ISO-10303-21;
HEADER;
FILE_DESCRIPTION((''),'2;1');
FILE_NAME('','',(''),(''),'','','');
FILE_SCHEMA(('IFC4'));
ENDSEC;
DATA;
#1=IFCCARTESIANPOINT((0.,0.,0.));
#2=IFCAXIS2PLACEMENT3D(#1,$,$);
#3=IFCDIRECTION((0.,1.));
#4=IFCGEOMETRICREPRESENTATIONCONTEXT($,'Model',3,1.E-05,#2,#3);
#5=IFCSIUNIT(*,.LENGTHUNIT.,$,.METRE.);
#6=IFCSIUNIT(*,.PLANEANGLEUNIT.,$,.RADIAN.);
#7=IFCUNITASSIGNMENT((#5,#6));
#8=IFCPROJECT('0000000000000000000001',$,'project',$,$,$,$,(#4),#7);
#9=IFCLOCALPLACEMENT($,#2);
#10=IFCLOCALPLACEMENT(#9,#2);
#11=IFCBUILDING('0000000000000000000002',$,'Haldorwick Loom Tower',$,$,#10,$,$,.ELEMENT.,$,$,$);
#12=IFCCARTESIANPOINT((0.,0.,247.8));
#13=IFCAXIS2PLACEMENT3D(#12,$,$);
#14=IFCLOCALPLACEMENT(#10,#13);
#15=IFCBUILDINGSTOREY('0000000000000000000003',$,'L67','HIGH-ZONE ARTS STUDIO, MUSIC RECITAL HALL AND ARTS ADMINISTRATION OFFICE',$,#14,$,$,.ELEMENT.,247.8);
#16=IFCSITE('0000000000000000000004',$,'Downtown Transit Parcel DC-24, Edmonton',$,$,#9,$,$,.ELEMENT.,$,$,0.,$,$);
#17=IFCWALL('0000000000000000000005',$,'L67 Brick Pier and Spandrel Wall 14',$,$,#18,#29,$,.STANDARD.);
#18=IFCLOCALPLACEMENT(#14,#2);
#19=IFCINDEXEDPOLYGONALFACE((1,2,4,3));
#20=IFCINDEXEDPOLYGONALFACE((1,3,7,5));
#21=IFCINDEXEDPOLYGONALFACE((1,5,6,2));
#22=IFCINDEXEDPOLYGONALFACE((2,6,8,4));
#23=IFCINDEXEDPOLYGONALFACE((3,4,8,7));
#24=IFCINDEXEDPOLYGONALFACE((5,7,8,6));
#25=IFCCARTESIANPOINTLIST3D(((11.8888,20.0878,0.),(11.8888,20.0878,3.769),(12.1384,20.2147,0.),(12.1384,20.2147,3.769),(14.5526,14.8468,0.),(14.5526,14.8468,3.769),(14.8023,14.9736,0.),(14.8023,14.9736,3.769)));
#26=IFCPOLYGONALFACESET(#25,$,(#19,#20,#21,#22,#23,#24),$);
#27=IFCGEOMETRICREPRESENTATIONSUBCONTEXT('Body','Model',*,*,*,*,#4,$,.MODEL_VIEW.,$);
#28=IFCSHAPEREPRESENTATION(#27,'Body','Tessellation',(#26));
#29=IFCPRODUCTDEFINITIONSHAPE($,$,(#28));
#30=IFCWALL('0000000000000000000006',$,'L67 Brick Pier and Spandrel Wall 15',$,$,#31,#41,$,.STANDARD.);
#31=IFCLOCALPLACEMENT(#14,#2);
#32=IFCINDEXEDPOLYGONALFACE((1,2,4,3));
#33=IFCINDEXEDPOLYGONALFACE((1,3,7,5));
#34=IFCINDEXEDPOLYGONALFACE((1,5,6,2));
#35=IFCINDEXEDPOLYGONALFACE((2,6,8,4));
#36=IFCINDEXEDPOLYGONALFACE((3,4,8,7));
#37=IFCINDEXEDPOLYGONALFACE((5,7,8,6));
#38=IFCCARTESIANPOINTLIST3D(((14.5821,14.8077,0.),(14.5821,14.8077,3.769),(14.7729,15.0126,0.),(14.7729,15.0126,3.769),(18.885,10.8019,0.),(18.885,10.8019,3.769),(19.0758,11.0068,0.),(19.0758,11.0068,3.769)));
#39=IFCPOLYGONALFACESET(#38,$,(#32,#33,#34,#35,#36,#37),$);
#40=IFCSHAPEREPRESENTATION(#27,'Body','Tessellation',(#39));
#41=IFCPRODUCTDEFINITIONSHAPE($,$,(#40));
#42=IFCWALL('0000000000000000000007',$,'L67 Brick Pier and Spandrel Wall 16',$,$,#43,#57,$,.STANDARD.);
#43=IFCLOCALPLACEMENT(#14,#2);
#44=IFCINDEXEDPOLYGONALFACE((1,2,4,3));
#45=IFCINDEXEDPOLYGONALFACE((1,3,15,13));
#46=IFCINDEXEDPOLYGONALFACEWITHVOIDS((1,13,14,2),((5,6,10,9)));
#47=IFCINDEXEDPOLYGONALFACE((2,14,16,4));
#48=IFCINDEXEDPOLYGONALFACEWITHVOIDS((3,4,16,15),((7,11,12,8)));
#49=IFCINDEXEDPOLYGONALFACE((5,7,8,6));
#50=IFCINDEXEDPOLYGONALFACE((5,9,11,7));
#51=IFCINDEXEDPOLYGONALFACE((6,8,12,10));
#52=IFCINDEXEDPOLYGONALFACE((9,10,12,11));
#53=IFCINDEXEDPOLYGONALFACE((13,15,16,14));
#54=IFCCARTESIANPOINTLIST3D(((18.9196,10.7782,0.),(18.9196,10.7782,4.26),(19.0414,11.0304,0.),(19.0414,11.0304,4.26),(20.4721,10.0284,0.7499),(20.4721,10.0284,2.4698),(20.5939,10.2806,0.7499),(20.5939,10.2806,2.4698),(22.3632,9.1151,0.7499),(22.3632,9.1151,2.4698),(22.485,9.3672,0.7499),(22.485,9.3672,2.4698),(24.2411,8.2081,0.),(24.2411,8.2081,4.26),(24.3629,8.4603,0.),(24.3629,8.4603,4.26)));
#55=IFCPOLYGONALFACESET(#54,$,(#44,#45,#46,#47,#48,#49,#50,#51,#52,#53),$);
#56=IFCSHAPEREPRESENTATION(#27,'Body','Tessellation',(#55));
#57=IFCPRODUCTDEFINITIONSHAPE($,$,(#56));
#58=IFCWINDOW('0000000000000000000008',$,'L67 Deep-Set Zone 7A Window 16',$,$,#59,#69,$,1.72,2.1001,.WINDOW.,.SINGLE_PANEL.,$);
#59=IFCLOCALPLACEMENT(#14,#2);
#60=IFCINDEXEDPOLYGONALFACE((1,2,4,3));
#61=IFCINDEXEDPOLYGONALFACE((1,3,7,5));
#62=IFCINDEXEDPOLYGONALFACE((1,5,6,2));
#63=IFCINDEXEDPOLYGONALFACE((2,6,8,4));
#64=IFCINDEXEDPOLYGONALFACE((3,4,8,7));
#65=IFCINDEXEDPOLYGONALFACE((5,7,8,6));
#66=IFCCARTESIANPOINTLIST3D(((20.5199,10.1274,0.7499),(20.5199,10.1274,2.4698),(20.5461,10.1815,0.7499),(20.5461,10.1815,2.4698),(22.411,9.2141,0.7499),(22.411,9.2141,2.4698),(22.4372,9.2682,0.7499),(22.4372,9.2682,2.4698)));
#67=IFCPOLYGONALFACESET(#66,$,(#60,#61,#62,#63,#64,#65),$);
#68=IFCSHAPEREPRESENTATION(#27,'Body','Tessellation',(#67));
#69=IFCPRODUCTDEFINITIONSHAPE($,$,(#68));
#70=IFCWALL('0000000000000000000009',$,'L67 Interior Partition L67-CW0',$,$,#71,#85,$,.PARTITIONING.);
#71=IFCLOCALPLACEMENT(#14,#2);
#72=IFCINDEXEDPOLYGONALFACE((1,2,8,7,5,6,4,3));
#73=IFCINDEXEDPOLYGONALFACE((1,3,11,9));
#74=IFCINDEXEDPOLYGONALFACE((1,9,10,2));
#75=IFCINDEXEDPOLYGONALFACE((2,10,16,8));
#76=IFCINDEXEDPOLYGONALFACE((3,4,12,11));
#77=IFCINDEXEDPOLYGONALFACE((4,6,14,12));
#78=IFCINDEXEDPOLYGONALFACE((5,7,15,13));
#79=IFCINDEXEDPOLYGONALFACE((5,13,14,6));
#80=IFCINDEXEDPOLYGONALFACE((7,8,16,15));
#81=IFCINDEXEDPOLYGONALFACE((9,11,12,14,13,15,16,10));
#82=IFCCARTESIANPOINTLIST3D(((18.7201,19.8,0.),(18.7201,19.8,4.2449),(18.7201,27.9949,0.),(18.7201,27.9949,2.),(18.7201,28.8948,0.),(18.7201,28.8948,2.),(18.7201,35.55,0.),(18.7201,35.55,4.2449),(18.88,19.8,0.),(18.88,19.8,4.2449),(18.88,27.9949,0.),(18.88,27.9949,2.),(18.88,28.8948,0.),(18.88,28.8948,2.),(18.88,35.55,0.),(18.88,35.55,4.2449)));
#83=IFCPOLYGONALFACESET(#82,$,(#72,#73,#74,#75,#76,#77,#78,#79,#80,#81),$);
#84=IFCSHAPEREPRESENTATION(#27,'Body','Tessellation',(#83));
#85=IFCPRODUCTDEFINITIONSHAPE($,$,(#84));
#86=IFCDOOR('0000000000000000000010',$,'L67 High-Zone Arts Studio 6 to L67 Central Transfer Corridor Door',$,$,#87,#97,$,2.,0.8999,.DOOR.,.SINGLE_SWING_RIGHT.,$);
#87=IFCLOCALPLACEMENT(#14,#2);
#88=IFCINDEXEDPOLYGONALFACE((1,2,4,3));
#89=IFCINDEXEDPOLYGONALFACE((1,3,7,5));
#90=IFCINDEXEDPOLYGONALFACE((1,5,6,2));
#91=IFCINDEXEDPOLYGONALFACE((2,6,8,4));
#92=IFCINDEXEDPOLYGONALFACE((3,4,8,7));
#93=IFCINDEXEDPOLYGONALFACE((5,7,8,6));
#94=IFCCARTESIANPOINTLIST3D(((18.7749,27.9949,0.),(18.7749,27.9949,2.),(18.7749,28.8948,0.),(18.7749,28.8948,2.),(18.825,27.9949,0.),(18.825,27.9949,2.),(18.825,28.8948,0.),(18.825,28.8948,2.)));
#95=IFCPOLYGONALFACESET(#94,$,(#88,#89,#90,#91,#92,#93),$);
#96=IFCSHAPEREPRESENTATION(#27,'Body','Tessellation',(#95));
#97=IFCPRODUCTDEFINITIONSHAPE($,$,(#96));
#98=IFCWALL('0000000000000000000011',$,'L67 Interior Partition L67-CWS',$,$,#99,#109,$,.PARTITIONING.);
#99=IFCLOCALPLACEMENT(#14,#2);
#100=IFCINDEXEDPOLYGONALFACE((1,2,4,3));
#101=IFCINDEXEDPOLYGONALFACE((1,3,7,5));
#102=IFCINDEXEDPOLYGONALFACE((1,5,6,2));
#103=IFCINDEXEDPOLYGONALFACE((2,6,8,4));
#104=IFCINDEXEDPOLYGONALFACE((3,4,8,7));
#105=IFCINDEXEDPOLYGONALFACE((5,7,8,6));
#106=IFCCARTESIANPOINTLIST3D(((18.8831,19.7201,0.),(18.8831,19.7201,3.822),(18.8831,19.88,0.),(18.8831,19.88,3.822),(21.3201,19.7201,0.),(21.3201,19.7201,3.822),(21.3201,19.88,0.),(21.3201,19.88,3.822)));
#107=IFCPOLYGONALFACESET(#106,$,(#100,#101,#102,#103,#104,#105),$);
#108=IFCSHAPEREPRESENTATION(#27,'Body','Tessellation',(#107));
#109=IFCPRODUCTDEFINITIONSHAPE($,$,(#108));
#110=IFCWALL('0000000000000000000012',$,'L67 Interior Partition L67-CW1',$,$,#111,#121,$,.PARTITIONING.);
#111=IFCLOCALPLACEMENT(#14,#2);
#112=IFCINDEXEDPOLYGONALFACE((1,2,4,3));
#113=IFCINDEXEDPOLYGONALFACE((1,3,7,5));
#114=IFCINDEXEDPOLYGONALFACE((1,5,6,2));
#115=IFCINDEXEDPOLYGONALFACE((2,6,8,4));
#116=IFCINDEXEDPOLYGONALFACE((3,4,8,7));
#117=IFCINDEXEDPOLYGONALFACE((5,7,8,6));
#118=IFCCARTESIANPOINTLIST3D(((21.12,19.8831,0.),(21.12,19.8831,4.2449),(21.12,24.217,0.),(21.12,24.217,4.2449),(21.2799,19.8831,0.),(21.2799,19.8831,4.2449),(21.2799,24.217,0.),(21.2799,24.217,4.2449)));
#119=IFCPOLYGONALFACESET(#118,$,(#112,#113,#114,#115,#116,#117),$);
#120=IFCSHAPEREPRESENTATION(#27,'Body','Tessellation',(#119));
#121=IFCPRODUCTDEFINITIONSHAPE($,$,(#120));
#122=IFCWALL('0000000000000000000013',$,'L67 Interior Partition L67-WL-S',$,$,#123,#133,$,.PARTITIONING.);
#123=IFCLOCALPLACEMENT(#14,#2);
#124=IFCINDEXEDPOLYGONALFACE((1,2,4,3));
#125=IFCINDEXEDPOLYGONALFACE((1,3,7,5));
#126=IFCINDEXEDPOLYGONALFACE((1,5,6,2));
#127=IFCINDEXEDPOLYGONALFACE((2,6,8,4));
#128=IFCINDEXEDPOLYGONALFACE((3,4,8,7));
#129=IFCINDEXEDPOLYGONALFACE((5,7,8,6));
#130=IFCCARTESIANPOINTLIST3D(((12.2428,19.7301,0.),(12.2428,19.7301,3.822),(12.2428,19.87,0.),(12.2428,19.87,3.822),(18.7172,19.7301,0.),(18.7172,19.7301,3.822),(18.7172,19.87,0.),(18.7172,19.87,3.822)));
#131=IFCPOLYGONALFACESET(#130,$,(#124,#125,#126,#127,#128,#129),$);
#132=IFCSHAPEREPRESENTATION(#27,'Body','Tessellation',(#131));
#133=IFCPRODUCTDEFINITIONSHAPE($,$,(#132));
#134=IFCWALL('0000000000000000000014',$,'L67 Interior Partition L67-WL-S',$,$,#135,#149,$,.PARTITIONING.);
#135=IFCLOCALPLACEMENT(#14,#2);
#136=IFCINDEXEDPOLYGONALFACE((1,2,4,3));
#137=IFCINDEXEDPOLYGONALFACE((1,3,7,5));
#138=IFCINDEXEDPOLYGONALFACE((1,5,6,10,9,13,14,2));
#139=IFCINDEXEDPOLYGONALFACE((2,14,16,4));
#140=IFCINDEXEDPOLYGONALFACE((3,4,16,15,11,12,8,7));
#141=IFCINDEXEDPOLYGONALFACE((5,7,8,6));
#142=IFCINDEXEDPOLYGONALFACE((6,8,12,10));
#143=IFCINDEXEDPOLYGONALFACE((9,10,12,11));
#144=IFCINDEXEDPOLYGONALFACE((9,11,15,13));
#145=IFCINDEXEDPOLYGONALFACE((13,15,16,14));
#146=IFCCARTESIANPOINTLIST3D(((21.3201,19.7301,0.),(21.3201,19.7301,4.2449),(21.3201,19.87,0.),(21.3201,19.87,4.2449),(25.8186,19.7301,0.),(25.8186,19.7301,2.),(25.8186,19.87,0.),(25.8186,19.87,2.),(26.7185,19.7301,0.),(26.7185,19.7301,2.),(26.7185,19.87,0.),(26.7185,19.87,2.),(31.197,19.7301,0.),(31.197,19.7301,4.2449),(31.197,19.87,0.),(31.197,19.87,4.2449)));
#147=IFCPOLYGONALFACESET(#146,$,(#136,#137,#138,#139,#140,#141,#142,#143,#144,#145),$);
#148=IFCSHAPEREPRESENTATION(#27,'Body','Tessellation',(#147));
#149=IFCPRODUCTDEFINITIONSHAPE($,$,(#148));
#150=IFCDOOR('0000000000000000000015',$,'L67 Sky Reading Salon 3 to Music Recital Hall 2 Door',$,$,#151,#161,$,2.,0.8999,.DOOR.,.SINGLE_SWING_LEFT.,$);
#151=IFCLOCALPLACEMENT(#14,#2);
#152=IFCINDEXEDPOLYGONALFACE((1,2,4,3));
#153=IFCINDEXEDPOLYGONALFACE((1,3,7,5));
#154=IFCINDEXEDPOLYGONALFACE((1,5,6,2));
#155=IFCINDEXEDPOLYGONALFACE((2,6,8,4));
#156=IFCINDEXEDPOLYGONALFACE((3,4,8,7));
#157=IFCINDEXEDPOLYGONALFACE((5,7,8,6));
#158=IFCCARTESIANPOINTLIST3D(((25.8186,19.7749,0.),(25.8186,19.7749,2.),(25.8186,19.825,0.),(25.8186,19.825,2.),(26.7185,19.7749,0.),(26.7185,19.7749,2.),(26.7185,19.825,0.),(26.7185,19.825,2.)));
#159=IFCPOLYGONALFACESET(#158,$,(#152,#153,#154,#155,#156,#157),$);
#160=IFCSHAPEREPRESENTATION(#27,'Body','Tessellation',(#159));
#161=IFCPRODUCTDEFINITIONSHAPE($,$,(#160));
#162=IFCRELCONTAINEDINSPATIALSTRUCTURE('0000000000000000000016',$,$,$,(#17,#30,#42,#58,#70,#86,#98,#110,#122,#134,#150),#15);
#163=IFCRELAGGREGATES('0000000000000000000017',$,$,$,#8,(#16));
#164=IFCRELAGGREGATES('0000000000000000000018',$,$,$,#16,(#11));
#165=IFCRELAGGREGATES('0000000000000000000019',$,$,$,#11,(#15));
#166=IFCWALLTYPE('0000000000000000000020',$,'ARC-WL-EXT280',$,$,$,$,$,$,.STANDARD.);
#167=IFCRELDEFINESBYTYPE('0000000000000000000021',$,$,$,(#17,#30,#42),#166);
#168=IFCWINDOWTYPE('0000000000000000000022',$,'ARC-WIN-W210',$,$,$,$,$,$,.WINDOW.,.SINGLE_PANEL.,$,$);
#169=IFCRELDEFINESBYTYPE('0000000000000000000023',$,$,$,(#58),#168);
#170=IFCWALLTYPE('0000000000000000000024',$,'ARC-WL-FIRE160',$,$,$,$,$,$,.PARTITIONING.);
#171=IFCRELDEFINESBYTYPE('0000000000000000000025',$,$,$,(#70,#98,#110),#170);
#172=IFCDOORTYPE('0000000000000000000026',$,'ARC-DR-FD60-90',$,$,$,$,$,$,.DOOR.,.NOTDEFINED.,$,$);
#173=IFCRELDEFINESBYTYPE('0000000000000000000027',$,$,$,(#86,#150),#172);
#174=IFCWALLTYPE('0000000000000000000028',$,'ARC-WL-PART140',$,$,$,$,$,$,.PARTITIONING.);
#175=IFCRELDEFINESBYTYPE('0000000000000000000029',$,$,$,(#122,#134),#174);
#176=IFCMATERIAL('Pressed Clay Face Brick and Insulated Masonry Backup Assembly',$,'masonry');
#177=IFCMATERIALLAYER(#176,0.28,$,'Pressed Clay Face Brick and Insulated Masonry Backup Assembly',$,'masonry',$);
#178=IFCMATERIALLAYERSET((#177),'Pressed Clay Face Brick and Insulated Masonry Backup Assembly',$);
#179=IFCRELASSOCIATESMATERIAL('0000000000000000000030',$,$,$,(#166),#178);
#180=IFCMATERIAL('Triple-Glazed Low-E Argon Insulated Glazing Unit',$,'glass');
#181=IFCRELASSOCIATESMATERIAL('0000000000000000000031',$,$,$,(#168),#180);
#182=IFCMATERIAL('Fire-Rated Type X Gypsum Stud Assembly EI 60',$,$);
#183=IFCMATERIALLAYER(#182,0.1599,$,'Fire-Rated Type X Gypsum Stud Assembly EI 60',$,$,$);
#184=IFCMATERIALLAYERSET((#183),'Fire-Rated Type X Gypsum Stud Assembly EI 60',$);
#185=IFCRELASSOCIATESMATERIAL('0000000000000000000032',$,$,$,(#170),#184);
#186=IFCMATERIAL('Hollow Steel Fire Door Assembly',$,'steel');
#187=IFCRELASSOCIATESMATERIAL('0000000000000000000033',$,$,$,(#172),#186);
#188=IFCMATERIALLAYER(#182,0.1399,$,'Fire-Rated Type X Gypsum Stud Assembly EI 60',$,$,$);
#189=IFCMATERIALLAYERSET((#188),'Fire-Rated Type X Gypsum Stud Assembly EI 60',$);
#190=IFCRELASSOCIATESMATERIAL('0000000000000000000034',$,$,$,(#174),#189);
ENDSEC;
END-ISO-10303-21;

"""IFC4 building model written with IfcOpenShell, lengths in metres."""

from ifc_helpers import new_model, si_unit, direction, frame, frame_2d, origin, place, context, subcontext, project, spatial, rectangle, extrude, material, layer, layer_set, type_object, element, fill, save


model = new_model("IFC4")

# Units and contexts
model_context = context("Model", 3, precision=1e-05, world=origin(), true_north=direction((0.0, 1.0)))
body_context = subcontext(model_context, "Body", "Model", "MODEL_VIEW")
ifc_project = project(units=[si_unit("LENGTHUNIT", "METRE"), si_unit("PLANEANGLEUNIT", "RADIAN")], contexts=[model_context])

# Site, building, storey
site_placement = place(None, origin())
site = spatial("IfcSite", under=ifc_project, at=site_placement, Name="Downtown Transit Parcel DC-24, Edmonton", CompositionType="ELEMENT", RefElevation=0.0)
building_placement = place(site_placement, origin())
building = spatial("IfcBuilding", under=site, at=building_placement, Name="Haldorwick Loom Tower", CompositionType="ELEMENT")
storey_placement = place(building_placement, frame((0.0, 0.0, 247.8)))
storey = spatial("IfcBuildingStorey", under=building, at=storey_placement, Name="L67", Description="HIGH-ZONE ARTS STUDIO, MUSIC RECITAL HALL AND ARTS ADMINISTRATION OFFICE", CompositionType="ELEMENT", Elevation=247.8)

# Walls
ifc_material_1 = material(Name="Pressed Clay Face Brick and Insulated Masonry Backup Assembly", Category="masonry")
ifc_layer_1 = layer(ifc_material_1, 0.28, Name="Pressed Clay Face Brick and Insulated Masonry Backup Assembly", Category="masonry")
ifc_layer_set_1 = layer_set([ifc_layer_1], Name="Pressed Clay Face Brick and Insulated Masonry Backup Assembly")
wall_type_1 = type_object("IfcWallType", Name="ARC-WL-EXT280", PredefinedType="STANDARD", material=ifc_layer_set_1)
wall_1_placement = place(storey_placement, frame((12.0137, 20.1511, 0.0), z_axis=(0.0, 0.0, 1.0), x_axis=(0.453101, -0.891459, 0.0)))
element("IfcWall", 1, at=wall_1_placement, inside=storey, type_object=wall_type_1, Name="L67 Brick Pier and Spandrel Wall 14", PredefinedType="STANDARD", context=body_context, shape_type="SweptSolid", body=[
    extrude(rectangle(XDim=5.8792, YDim=0.28, at=frame_2d((2.9395, 0.0))), origin(), (0.0, 0.0, 1.0), 3.769),
])
wall_2_placement = place(storey_placement, frame((14.6775, 14.9102, 0.0), z_axis=(0.0, 0.0, 1.0), x_axis=(0.731925, -0.681386, 0.0)))
element("IfcWall", 2, at=wall_2_placement, inside=storey, type_object=wall_type_1, Name="L67 Brick Pier and Spandrel Wall 15", PredefinedType="STANDARD", context=body_context, shape_type="SweptSolid", body=[
    extrude(rectangle(XDim=5.8789, YDim=0.28, at=frame_2d((2.9395, 0.0))), origin(), (0.0, 0.0, 1.0), 3.769),
])

# Wall, opening, window
wall_3_placement = place(storey_placement, frame((18.9805, 10.9043, 0.0), z_axis=(0.0, 0.0, 1.0), x_axis=(0.900482, -0.434893, 0.0)))
wall_3 = element("IfcWall", 3, at=wall_3_placement, inside=storey, type_object=wall_type_1, Name="L67 Brick Pier and Spandrel Wall 16", PredefinedType="STANDARD", context=body_context, shape_type="SweptSolid", body=[
    extrude(rectangle(XDim=5.9097, YDim=0.28, at=frame_2d((2.9548, 0.0))), origin(), (0.0, 0.0, 1.0), 4.26),
])
opening_1_placement = place(wall_3_placement, frame((1.7241, 0.0, 0.75)))
opening_1 = element("IfcOpeningElement", 4, at=opening_1_placement, cuts=wall_3, PredefinedType="OPENING", context=body_context, shape_type="SweptSolid", body=[
    extrude(rectangle(XDim=2.1001, YDim=1.72, at=frame_2d((1.05, 0.8599))), frame((0.0, 0.1499, 0.0), z_axis=(0.0, -1.0, 0.0), x_axis=(1.0, 0.0, 0.0)), (0.0, 0.0, 1.0), 0.3),
])
ifc_material_2 = material(Name="Triple-Glazed Low-E Argon Insulated Glazing Unit", Category="glass")
window_type = type_object("IfcWindowType", Name="ARC-WIN-W210", PartitioningType="SINGLE_PANEL", PredefinedType="WINDOW", material=ifc_material_2)
window_placement = place(opening_1_placement, origin())
window = element("IfcWindow", 5, at=window_placement, inside=storey, type_object=window_type, Name="L67 Deep-Set Zone 7A Window 16", OverallHeight=1.72, OverallWidth=2.1001, PartitioningType="SINGLE_PANEL", PredefinedType="WINDOW", context=body_context, shape_type="SweptSolid", body=[
    extrude(rectangle(XDim=2.1001, YDim=1.72, at=frame_2d((1.05, 0.8599))), frame((0.0, 0.03, 0.0), z_axis=(0.0, -1.0, 0.0), x_axis=(1.0, 0.0, 0.0)), (0.0, 0.0, 1.0), 0.0601),
])
fill(opening_1, window)

# Wall, opening, door
ifc_material_3 = material(Name="Fire-Rated Type X Gypsum Stud Assembly EI 60")
ifc_layer_2 = layer(ifc_material_3, 0.1599, Name="Fire-Rated Type X Gypsum Stud Assembly EI 60")
ifc_layer_set_2 = layer_set([ifc_layer_2], Name="Fire-Rated Type X Gypsum Stud Assembly EI 60")
wall_type_2 = type_object("IfcWallType", Name="ARC-WL-FIRE160", PredefinedType="PARTITIONING", material=ifc_layer_set_2)
wall_4_placement = place(storey_placement, frame((18.8, 19.8, 0.0), z_axis=(0.0, 0.0, 1.0), x_axis=(0.0, 1.0, 0.0)))
wall_4 = element("IfcWall", 6, at=wall_4_placement, inside=storey, type_object=wall_type_2, Name="L67 Interior Partition L67-CW0", PredefinedType="PARTITIONING", context=body_context, shape_type="SweptSolid", body=[
    extrude(rectangle(XDim=15.75, YDim=0.1599, at=frame_2d((7.875, 0.0))), origin(), (0.0, 0.0, 1.0), 4.2449),
])
opening_2_placement = place(wall_4_placement, frame((8.1948, 0.0, 0.0)))
opening_2 = element("IfcOpeningElement", 7, at=opening_2_placement, cuts=wall_4, PredefinedType="OPENING", context=body_context, shape_type="SweptSolid", body=[
    extrude(rectangle(XDim=0.8999, YDim=2.0, at=frame_2d((0.45, 1.0))), frame((0.0, 0.0898, 0.0), z_axis=(0.0, -1.0, 0.0), x_axis=(1.0, 0.0, 0.0)), (0.0, 0.0, 1.0), 0.1799),
])
ifc_material_4 = material(Name="Hollow Steel Fire Door Assembly", Category="steel")
door_type = type_object("IfcDoorType", Name="ARC-DR-FD60-90", OperationType="NOTDEFINED", PredefinedType="DOOR", material=ifc_material_4)
door_1_placement = place(opening_2_placement, frame((0.8999, 0.0, 0.0), z_axis=(0.0, 0.0, 1.0), x_axis=(-1.0, 0.0, 0.0)))
door_1 = element("IfcDoor", 8, at=door_1_placement, inside=storey, type_object=door_type, Name="L67 High-Zone Arts Studio 6 to L67 Central Transfer Corridor Door", OperationType="SINGLE_SWING_RIGHT", OverallHeight=2.0, OverallWidth=0.8999, PredefinedType="DOOR", context=body_context, shape_type="SweptSolid", body=[
    extrude(rectangle(XDim=0.8999, YDim=2.0, at=frame_2d((0.45, 1.0))), frame((0.0, 0.0249, 0.0), z_axis=(0.0, -1.0, 0.0), x_axis=(1.0, 0.0, 0.0)), (0.0, 0.0, 1.0), 0.05),
])
fill(opening_2, door_1)

# Walls
wall_5_placement = place(storey_placement, frame((18.8831, 19.8, 0.0), z_axis=(0.0, 0.0, 1.0), x_axis=(1.0, 0.0, 0.0)))
element("IfcWall", 9, at=wall_5_placement, inside=storey, type_object=wall_type_2, Name="L67 Interior Partition L67-CWS", PredefinedType="PARTITIONING", context=body_context, shape_type="SweptSolid", body=[
    extrude(rectangle(XDim=2.437, YDim=0.1599, at=frame_2d((1.2185, 0.0))), origin(), (0.0, 0.0, 1.0), 3.822),
])
wall_6_placement = place(storey_placement, frame((21.2, 19.8831, 0.0), z_axis=(0.0, 0.0, 1.0), x_axis=(0.0, 1.0, 0.0)))
element("IfcWall", 10, at=wall_6_placement, inside=storey, type_object=wall_type_2, Name="L67 Interior Partition L67-CW1", PredefinedType="PARTITIONING", context=body_context, shape_type="SweptSolid", body=[
    extrude(rectangle(XDim=4.334, YDim=0.1599, at=frame_2d((2.167, 0.0))), origin(), (0.0, 0.0, 1.0), 4.2449),
])
ifc_layer_3 = layer(ifc_material_3, 0.1399, Name="Fire-Rated Type X Gypsum Stud Assembly EI 60")
ifc_layer_set_3 = layer_set([ifc_layer_3], Name="Fire-Rated Type X Gypsum Stud Assembly EI 60")
wall_type_3 = type_object("IfcWallType", Name="ARC-WL-PART140", PredefinedType="PARTITIONING", material=ifc_layer_set_3)
wall_7_placement = place(storey_placement, frame((12.2427, 19.8, 0.0), z_axis=(0.0, 0.0, 1.0), x_axis=(1.0, 0.0, 0.0)))
element("IfcWall", 11, at=wall_7_placement, inside=storey, type_object=wall_type_3, Name="L67 Interior Partition L67-WL-S", PredefinedType="PARTITIONING", context=body_context, shape_type="SweptSolid", body=[
    extrude(rectangle(XDim=6.4744, YDim=0.1399, at=frame_2d((3.2373, 0.0))), origin(), (0.0, 0.0, 1.0), 3.822),
])

# Wall, opening, door
wall_8_placement = place(storey_placement, frame((21.3201, 19.8, 0.0), z_axis=(0.0, 0.0, 1.0), x_axis=(1.0, 0.0, 0.0)))
wall_8 = element("IfcWall", 12, at=wall_8_placement, inside=storey, type_object=wall_type_3, Name="L67 Interior Partition L67-WL-S", PredefinedType="PARTITIONING", context=body_context, shape_type="SweptSolid", body=[
    extrude(rectangle(XDim=9.877, YDim=0.1399, at=frame_2d((4.9385, 0.0))), origin(), (0.0, 0.0, 1.0), 4.2449),
])
opening_3_placement = place(wall_8_placement, frame((4.4985, 0.0, 0.0)))
opening_3 = element("IfcOpeningElement", 13, at=opening_3_placement, cuts=wall_8, PredefinedType="OPENING", context=body_context, shape_type="SweptSolid", body=[
    extrude(rectangle(XDim=0.8999, YDim=2.0, at=frame_2d((0.45, 1.0))), frame((0.0, 0.0798, 0.0), z_axis=(0.0, -1.0, 0.0), x_axis=(1.0, 0.0, 0.0)), (0.0, 0.0, 1.0), 0.1599),
])
door_2_placement = place(opening_3_placement, origin())
door_2 = element("IfcDoor", 14, at=door_2_placement, inside=storey, type_object=door_type, Name="L67 Sky Reading Salon 3 to Music Recital Hall 2 Door", OperationType="SINGLE_SWING_LEFT", OverallHeight=2.0, OverallWidth=0.8999, PredefinedType="DOOR", context=body_context, shape_type="SweptSolid", body=[
    extrude(rectangle(XDim=0.8999, YDim=2.0, at=frame_2d((0.45, 1.0))), frame((0.0, 0.0249, 0.0), z_axis=(0.0, -1.0, 0.0), x_axis=(1.0, 0.0, 0.0)), (0.0, 0.0, 1.0), 0.05),
])
fill(opening_3, door_2)

save(model, "model.ifc")
